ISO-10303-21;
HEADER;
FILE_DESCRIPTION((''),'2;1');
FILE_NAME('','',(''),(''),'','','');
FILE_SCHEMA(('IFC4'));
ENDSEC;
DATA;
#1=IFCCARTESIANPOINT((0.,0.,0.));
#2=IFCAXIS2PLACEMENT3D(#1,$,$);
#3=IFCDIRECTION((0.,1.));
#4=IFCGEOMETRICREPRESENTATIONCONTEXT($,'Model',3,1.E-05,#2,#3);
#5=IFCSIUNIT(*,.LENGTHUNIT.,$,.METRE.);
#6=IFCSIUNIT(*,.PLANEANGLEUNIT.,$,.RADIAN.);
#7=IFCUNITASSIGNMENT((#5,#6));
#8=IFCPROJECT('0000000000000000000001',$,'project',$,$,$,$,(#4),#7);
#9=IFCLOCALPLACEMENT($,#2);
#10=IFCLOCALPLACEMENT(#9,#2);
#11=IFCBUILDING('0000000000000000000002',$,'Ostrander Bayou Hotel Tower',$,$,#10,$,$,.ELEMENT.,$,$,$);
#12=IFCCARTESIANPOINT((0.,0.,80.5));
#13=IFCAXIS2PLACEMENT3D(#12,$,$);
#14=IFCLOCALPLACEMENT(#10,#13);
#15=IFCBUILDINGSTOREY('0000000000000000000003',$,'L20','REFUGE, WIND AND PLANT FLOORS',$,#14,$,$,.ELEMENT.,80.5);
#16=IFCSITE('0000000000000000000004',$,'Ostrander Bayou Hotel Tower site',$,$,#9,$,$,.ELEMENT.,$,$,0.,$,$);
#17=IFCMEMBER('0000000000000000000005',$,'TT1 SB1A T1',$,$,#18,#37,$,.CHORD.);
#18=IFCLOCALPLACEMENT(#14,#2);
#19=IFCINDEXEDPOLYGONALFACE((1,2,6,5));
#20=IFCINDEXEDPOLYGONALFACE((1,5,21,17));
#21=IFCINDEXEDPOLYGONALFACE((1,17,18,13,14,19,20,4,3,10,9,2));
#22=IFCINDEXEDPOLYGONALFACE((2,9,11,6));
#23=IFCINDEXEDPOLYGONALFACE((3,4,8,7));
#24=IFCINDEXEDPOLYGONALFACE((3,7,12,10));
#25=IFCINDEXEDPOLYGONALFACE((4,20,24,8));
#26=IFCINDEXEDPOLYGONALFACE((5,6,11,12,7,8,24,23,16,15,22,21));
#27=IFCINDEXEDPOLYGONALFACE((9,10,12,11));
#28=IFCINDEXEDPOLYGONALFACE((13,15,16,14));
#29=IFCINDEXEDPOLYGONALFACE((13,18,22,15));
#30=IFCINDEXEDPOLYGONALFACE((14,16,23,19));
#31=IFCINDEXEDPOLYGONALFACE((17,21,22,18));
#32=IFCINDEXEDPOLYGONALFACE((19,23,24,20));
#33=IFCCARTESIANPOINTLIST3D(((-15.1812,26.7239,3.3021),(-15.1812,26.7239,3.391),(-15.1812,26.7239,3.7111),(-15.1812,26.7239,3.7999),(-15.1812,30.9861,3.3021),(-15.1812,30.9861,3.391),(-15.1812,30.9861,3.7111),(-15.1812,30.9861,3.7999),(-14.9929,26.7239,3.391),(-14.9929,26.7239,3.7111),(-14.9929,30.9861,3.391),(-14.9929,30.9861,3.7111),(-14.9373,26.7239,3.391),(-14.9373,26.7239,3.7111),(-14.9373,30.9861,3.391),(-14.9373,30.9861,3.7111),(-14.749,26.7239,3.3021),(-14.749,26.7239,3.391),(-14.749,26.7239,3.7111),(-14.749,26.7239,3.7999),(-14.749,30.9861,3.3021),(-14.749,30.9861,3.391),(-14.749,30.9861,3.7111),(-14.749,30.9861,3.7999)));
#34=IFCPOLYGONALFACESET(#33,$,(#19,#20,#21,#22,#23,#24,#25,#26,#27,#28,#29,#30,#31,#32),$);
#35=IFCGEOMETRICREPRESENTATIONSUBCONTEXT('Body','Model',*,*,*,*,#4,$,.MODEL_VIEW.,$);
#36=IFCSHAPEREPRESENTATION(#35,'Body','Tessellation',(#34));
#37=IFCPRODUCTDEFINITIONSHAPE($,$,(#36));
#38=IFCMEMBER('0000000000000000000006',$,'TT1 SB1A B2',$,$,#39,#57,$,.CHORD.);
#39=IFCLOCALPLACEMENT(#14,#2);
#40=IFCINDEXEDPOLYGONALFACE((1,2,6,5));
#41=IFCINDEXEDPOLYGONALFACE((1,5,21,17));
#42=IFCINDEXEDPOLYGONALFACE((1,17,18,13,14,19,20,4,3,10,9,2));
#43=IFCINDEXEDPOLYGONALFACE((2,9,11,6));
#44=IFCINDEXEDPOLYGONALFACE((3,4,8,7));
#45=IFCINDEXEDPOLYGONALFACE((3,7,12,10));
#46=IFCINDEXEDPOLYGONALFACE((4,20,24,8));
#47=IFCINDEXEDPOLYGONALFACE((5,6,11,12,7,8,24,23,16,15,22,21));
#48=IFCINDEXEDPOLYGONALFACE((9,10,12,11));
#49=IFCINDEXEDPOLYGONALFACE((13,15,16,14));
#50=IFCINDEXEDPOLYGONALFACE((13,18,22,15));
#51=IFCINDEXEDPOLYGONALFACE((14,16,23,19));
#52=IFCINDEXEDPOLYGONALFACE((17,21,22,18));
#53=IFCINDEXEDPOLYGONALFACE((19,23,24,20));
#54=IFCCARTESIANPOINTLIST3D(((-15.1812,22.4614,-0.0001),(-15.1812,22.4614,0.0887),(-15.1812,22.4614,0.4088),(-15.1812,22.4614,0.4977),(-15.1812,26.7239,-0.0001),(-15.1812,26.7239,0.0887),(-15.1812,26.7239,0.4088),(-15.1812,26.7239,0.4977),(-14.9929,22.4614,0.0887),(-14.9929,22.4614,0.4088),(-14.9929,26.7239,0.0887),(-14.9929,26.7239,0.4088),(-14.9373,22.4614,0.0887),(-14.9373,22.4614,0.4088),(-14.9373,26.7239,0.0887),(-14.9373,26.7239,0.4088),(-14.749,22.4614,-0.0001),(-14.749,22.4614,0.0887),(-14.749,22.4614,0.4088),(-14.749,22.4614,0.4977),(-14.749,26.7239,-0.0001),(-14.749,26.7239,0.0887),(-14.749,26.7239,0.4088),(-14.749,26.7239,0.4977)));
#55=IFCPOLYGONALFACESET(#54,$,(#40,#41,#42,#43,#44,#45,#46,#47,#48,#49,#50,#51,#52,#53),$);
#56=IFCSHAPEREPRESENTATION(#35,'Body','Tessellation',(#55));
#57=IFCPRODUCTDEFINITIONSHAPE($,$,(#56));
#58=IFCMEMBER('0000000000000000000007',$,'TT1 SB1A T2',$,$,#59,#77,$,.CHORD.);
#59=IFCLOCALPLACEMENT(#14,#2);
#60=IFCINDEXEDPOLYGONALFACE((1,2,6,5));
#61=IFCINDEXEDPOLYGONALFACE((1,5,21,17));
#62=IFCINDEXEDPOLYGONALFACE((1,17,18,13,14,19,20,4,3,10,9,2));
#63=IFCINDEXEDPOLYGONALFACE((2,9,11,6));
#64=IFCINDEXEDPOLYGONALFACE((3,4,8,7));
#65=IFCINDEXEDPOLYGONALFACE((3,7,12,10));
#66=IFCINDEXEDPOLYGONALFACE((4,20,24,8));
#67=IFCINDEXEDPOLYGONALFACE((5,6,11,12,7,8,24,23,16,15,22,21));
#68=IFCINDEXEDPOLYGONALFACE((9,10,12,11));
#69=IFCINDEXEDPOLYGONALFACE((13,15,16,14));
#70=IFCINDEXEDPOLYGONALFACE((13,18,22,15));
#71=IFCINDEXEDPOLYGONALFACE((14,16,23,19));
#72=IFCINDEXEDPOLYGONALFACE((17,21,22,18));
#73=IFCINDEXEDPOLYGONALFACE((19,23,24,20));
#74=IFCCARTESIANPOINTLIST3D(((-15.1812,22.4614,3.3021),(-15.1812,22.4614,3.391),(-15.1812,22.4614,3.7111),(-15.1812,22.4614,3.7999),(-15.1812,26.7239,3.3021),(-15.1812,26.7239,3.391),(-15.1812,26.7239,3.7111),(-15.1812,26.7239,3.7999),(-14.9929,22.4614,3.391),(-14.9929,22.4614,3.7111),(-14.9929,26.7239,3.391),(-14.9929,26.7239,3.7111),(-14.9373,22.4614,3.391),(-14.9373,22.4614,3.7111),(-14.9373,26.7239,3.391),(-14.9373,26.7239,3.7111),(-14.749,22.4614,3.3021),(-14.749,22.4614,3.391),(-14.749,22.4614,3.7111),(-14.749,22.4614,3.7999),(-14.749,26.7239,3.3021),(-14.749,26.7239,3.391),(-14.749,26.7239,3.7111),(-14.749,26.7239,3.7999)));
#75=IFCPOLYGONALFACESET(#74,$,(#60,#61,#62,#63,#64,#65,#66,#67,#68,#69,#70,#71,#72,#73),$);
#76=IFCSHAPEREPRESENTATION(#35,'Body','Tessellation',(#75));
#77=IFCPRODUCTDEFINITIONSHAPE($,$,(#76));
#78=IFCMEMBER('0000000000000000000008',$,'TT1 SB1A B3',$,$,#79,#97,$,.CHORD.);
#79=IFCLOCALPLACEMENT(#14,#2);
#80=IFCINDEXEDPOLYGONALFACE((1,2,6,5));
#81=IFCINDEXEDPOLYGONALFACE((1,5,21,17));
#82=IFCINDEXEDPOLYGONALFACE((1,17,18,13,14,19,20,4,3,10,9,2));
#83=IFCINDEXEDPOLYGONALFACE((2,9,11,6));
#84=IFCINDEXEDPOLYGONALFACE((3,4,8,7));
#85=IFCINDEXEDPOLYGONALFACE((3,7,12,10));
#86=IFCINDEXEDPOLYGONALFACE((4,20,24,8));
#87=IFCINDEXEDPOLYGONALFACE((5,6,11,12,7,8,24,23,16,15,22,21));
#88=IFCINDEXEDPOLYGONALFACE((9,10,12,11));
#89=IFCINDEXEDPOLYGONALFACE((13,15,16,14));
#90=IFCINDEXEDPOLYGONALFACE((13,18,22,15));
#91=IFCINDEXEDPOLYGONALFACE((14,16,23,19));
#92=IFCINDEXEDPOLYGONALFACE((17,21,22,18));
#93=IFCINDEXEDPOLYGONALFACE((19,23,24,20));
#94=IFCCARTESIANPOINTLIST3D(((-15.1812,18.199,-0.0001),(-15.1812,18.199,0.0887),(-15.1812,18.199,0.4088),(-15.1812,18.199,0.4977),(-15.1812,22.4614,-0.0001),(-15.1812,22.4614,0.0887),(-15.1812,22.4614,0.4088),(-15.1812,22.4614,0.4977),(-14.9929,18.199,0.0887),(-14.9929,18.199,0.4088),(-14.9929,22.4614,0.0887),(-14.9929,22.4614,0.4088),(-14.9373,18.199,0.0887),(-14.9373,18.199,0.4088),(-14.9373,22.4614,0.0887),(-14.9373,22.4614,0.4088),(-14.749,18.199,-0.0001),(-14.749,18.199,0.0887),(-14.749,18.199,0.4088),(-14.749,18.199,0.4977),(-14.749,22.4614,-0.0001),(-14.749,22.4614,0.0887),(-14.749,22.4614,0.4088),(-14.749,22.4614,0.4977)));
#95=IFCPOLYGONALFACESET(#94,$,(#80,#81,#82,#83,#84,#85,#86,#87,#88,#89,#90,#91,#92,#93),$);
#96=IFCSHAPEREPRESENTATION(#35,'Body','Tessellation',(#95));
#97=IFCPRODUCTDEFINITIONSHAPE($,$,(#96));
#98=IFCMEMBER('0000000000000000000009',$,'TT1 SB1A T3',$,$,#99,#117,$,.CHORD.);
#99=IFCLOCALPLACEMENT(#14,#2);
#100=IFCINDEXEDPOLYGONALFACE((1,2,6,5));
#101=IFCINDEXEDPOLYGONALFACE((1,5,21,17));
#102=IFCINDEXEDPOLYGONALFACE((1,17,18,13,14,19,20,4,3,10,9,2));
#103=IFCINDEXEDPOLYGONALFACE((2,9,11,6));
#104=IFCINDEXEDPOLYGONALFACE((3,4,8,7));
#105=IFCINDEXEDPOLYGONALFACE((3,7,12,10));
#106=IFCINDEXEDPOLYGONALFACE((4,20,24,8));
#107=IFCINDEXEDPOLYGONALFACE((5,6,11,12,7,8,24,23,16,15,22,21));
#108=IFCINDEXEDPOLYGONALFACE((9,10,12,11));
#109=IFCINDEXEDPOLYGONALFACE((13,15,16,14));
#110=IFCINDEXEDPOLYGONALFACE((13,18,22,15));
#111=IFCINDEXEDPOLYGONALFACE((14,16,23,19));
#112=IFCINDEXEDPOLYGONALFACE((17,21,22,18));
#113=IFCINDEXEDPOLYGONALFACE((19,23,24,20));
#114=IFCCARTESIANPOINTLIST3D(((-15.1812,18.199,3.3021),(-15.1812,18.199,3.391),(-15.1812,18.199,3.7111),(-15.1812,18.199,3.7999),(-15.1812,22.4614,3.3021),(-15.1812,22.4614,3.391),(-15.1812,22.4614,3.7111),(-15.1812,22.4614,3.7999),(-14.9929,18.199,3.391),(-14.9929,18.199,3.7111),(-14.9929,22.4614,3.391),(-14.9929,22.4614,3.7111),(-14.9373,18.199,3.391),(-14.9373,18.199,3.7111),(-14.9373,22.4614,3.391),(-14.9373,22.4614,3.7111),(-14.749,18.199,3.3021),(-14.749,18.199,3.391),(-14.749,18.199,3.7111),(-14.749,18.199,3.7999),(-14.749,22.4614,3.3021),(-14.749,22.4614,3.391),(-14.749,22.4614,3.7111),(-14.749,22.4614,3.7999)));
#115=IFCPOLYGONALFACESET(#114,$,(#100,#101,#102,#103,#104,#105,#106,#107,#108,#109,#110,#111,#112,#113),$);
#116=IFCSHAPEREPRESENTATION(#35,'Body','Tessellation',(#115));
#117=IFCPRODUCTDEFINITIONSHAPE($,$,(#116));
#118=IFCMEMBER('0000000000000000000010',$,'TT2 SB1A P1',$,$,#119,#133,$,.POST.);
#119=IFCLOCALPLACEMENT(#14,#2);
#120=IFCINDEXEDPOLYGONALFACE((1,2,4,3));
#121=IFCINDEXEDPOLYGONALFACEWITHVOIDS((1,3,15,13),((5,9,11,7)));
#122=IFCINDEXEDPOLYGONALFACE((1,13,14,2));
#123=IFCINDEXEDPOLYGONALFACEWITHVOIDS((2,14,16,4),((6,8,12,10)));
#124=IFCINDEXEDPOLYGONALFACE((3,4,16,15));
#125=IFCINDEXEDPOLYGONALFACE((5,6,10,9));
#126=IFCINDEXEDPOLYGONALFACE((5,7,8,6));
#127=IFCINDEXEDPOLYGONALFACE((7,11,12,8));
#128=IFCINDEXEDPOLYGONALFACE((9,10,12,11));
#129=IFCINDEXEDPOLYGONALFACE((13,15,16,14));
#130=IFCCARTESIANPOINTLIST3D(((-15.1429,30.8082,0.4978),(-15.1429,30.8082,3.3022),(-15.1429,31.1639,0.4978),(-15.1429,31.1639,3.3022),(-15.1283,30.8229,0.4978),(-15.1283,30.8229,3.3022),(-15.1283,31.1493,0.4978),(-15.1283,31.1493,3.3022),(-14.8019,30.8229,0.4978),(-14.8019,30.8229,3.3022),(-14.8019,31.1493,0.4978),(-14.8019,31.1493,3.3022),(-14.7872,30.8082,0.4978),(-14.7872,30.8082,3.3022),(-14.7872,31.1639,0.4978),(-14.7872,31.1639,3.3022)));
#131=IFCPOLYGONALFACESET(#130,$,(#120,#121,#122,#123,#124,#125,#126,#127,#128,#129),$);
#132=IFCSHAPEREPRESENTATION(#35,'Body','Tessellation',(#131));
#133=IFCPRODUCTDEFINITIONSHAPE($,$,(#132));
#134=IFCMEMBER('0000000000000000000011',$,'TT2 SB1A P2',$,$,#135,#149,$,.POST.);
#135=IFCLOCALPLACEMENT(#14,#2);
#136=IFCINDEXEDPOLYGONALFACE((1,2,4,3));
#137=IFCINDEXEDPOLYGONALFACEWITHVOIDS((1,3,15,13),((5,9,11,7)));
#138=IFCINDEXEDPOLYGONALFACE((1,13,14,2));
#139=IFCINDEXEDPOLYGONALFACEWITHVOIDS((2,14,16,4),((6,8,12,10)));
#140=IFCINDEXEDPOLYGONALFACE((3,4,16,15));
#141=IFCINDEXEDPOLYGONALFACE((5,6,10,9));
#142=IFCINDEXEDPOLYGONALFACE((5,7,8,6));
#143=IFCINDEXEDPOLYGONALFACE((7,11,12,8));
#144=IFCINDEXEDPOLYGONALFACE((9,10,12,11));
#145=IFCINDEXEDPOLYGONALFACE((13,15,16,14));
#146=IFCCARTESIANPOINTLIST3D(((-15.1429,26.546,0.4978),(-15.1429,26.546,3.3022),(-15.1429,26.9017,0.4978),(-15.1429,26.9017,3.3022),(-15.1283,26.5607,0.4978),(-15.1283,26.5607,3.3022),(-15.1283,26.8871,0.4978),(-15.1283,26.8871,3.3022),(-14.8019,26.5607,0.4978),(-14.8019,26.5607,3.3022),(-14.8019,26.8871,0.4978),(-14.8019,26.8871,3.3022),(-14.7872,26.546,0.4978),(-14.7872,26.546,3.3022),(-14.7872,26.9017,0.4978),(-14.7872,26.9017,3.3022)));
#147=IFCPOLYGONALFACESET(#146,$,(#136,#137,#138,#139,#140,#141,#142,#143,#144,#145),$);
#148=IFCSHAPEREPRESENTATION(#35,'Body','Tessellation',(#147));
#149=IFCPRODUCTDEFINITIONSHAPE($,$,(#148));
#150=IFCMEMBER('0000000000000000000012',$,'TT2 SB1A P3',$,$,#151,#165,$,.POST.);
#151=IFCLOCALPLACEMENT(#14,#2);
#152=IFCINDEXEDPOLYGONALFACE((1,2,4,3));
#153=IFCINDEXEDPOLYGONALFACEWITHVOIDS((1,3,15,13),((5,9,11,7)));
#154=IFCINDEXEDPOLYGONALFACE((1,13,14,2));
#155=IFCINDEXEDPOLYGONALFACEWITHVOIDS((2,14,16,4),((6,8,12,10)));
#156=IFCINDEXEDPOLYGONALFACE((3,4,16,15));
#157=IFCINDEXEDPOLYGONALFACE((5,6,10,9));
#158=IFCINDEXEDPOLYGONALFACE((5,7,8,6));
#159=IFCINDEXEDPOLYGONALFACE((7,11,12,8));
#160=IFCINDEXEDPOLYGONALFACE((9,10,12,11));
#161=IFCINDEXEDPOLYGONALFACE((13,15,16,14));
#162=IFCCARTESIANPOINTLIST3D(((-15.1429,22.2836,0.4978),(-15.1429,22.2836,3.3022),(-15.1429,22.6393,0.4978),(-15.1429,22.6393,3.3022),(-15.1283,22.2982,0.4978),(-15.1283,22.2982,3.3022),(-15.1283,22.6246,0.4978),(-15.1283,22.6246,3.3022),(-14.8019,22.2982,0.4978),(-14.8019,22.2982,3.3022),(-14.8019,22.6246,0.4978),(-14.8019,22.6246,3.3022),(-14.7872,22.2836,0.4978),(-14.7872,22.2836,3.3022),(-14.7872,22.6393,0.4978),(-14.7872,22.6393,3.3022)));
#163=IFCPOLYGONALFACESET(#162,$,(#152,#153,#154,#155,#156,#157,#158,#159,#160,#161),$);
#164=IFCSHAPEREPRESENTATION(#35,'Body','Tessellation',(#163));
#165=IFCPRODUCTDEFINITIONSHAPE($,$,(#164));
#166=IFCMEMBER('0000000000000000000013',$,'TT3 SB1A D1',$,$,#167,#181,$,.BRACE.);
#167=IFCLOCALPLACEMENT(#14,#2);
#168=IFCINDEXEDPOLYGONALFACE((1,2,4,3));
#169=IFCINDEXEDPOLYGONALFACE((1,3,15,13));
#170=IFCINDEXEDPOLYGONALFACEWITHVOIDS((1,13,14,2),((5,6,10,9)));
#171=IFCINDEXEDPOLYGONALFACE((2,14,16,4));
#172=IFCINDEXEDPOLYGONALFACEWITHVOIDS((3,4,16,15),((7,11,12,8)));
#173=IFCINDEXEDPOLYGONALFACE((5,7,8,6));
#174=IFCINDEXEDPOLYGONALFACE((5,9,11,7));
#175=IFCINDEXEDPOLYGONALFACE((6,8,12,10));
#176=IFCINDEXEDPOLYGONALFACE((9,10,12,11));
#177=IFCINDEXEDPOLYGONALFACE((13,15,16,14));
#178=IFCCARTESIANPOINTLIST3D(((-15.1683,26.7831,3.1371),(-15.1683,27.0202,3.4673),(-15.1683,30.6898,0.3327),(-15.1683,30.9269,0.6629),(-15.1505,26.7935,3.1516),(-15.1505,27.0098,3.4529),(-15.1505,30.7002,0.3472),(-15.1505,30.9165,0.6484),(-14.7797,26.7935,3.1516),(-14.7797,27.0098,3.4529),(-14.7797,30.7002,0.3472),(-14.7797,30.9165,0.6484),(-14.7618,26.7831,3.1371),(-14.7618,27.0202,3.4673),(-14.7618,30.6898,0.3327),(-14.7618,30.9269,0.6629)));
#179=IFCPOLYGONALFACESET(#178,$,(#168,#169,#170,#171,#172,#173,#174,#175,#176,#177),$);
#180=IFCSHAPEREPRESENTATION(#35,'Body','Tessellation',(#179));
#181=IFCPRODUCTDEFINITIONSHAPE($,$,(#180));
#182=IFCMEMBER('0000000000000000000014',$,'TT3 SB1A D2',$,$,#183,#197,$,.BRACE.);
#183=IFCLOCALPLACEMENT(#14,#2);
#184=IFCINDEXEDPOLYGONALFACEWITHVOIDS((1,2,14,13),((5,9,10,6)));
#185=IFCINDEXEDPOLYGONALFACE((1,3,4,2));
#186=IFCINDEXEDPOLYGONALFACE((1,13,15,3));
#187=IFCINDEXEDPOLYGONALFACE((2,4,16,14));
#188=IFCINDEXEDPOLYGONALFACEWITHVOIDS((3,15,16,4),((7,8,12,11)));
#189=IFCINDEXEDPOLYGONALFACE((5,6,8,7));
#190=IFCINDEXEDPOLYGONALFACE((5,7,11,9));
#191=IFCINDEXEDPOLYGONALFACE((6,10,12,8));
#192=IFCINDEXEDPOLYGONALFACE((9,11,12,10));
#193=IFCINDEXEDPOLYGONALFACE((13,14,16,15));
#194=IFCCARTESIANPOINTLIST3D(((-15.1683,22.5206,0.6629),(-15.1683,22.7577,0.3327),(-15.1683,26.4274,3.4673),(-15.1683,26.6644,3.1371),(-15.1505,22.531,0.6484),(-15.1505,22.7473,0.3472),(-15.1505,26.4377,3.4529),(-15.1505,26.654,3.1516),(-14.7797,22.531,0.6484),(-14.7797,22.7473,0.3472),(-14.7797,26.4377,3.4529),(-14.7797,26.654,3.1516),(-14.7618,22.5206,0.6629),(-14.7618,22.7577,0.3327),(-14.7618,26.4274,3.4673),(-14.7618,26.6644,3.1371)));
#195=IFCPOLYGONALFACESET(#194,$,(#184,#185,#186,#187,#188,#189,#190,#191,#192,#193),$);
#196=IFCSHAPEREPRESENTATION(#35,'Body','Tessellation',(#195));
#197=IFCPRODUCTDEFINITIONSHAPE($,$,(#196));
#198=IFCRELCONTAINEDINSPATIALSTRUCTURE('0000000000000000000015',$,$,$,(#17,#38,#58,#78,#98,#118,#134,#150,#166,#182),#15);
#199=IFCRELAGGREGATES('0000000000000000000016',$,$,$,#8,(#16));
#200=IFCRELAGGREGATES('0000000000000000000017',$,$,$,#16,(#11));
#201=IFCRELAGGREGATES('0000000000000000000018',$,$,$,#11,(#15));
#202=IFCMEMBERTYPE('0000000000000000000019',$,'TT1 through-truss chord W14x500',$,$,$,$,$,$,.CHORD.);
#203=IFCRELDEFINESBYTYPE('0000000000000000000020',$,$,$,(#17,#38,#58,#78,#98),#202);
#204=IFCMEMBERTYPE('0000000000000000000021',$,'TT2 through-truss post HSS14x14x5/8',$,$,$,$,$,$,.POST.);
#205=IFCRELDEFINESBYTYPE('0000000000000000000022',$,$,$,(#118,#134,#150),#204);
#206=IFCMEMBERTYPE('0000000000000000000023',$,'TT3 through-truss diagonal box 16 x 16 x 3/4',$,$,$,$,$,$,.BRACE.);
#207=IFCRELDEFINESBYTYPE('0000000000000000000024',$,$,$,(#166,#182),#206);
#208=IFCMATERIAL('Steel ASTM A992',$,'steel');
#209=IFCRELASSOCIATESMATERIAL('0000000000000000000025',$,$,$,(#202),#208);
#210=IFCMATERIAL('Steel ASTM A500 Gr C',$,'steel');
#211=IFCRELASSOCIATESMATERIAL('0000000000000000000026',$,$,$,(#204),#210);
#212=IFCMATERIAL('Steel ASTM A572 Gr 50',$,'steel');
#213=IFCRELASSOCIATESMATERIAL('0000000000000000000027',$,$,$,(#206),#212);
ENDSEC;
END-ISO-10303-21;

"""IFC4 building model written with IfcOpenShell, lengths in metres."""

from ifc_helpers import new_model, si_unit, direction, frame, origin, origin_2d, place, context, subcontext, project, spatial, hollow_rectangle, i_section, extrude, material, material_profile, profile_set, type_object, element, save


model = new_model("IFC4")

# Units and contexts
model_context = context("Model", 3, precision=1e-05, world=origin(), true_north=direction((0.0, 1.0)))
body_context = subcontext(model_context, "Body", "Model", "MODEL_VIEW")
ifc_project = project(units=[si_unit("LENGTHUNIT", "METRE"), si_unit("PLANEANGLEUNIT", "RADIAN")], contexts=[model_context])

# Site, building, storey
site_placement = place(None, origin())
site = spatial("IfcSite", under=ifc_project, at=site_placement, Name="Ostrander Bayou Hotel Tower site", CompositionType="ELEMENT", RefElevation=0.0)
building_placement = place(site_placement, origin())
building = spatial("IfcBuilding", under=site, at=building_placement, Name="Ostrander Bayou Hotel Tower", CompositionType="ELEMENT")
storey_placement = place(building_placement, frame((0.0, 0.0, 80.5)))
storey = spatial("IfcBuildingStorey", under=building, at=storey_placement, Name="L20", Description="REFUGE, WIND AND PLANT FLOORS", CompositionType="ELEMENT", Elevation=80.5)

# Members
ifc_material_1 = material(Name="Steel ASTM A992", Category="steel")
ifc_material_profile_1 = material_profile(ifc_material_1, i_section(OverallWidth=0.4321, OverallDepth=0.4978, WebThickness=0.0557, FlangeThickness=0.0889, at=origin_2d()))
ifc_profile_set_1 = profile_set([ifc_material_profile_1], Name="Steel ASTM A992")
member_type_1 = type_object("IfcMemberType", Name="TT1 through-truss chord W14x500", PredefinedType="CHORD", material=ifc_profile_set_1)
for number, where, z_axis, x_axis, name in (
    (1, (-14.9651, 30.9861, 3.551), (0.0, -1.0, 0.0), (1.0, 0.0, 0.0), "TT1 SB1A T1"),
):
    element("IfcMember", number, at=place(storey_placement, frame(where, z_axis=z_axis, x_axis=x_axis)), inside=storey, type_object=member_type_1, Name=name, PredefinedType="CHORD", context=body_context, shape_type="SweptSolid", body=[
        extrude(i_section(OverallWidth=0.4321, OverallDepth=0.4978, WebThickness=0.0557, FlangeThickness=0.0889, at=origin_2d()), origin(), (0.0, 0.0, 1.0), 4.2622),
    ])
for number, where, z_axis, x_axis, name in (
    (2, (-14.9651, 26.7239, 0.2488), (0.0, -1.0, 0.0), (1.0, 0.0, 0.0), "TT1 SB1A B2"),
    (3, (-14.9651, 26.7239, 3.551), (0.0, -1.0, 0.0), (1.0, 0.0, 0.0), "TT1 SB1A T2"),
    (4, (-14.9651, 22.4614, 0.2488), (0.0, -1.0, 0.0), (1.0, 0.0, 0.0), "TT1 SB1A B3"),
    (5, (-14.9651, 22.4614, 3.551), (0.0, -1.0, 0.0), (1.0, 0.0, 0.0), "TT1 SB1A T3"),
):
    element("IfcMember", number, at=place(storey_placement, frame(where, z_axis=z_axis, x_axis=x_axis)), inside=storey, type_object=member_type_1, Name=name, PredefinedType="CHORD", context=body_context, shape_type="SweptSolid", body=[
        extrude(i_section(OverallWidth=0.4321, OverallDepth=0.4978, WebThickness=0.0557, FlangeThickness=0.0889, at=origin_2d()), origin(), (0.0, 0.0, 1.0), 4.2625),
    ])
ifc_material_2 = material(Name="Steel ASTM A500 Gr C", Category="steel")
ifc_material_profile_2 = material_profile(ifc_material_2, hollow_rectangle(XDim=0.3557, YDim=0.3557, WallThickness=0.0146, at=origin_2d()))
ifc_profile_set_2 = profile_set([ifc_material_profile_2], Name="Steel ASTM A500 Gr C")
member_type_2 = type_object("IfcMemberType", Name="TT2 through-truss post HSS14x14x5/8", PredefinedType="POST", material=ifc_profile_set_2)
for number, where, z_axis, x_axis, name in (
    (6, (-14.9651, 30.9861, 0.4978), (0.0, 0.0, 1.0), (1.0, 0.0, 0.0), "TT2 SB1A P1"),
    (7, (-14.9651, 26.7239, 0.4978), (0.0, 0.0, 1.0), (1.0, 0.0, 0.0), "TT2 SB1A P2"),
    (8, (-14.9651, 22.4614, 0.4978), (0.0, 0.0, 1.0), (1.0, 0.0, 0.0), "TT2 SB1A P3"),
):
    element("IfcMember", number, at=place(storey_placement, frame(where, z_axis=z_axis, x_axis=x_axis)), inside=storey, type_object=member_type_2, Name=name, PredefinedType="POST", context=body_context, shape_type="SweptSolid", body=[
        extrude(hollow_rectangle(XDim=0.3557, YDim=0.3557, WallThickness=0.0146, at=origin_2d()), origin(), (0.0, 0.0, 1.0), 2.8044),
    ])
ifc_material_3 = material(Name="Steel ASTM A572 Gr 50", Category="steel")
ifc_material_profile_3 = material_profile(ifc_material_3, hollow_rectangle(XDim=0.4065, YDim=0.4065, WallThickness=0.0178, at=origin_2d()))
ifc_profile_set_3 = profile_set([ifc_material_profile_3], Name="Steel ASTM A572 Gr 50")
member_type_3 = type_object("IfcMemberType", Name="TT3 through-truss diagonal box 16 x 16 x 3/4", PredefinedType="BRACE", material=ifc_profile_set_3)
for number, where, z_axis, x_axis, name in (
    (9, (-14.9651, 30.8083, 0.4978), (0.0, -0.812363, 0.583153), (1.0, 0.0, 0.0), "TT3 SB1A D1"),
    (10, (-14.9651, 22.6392, 0.4978), (0.0, 0.812363, 0.583153), (-1.0, 0.0, 0.0), "TT3 SB1A D2"),
):
    element("IfcMember", number, at=place(storey_placement, frame(where, z_axis=z_axis, x_axis=x_axis)), inside=storey, type_object=member_type_3, Name=name, PredefinedType="BRACE", context=body_context, shape_type="SweptSolid", body=[
        extrude(hollow_rectangle(XDim=0.4065, YDim=0.4065, WallThickness=0.0178, at=origin_2d()), origin(), (0.0, 0.0, 1.0), 4.8091),
    ])

save(model, "model.ifc")
